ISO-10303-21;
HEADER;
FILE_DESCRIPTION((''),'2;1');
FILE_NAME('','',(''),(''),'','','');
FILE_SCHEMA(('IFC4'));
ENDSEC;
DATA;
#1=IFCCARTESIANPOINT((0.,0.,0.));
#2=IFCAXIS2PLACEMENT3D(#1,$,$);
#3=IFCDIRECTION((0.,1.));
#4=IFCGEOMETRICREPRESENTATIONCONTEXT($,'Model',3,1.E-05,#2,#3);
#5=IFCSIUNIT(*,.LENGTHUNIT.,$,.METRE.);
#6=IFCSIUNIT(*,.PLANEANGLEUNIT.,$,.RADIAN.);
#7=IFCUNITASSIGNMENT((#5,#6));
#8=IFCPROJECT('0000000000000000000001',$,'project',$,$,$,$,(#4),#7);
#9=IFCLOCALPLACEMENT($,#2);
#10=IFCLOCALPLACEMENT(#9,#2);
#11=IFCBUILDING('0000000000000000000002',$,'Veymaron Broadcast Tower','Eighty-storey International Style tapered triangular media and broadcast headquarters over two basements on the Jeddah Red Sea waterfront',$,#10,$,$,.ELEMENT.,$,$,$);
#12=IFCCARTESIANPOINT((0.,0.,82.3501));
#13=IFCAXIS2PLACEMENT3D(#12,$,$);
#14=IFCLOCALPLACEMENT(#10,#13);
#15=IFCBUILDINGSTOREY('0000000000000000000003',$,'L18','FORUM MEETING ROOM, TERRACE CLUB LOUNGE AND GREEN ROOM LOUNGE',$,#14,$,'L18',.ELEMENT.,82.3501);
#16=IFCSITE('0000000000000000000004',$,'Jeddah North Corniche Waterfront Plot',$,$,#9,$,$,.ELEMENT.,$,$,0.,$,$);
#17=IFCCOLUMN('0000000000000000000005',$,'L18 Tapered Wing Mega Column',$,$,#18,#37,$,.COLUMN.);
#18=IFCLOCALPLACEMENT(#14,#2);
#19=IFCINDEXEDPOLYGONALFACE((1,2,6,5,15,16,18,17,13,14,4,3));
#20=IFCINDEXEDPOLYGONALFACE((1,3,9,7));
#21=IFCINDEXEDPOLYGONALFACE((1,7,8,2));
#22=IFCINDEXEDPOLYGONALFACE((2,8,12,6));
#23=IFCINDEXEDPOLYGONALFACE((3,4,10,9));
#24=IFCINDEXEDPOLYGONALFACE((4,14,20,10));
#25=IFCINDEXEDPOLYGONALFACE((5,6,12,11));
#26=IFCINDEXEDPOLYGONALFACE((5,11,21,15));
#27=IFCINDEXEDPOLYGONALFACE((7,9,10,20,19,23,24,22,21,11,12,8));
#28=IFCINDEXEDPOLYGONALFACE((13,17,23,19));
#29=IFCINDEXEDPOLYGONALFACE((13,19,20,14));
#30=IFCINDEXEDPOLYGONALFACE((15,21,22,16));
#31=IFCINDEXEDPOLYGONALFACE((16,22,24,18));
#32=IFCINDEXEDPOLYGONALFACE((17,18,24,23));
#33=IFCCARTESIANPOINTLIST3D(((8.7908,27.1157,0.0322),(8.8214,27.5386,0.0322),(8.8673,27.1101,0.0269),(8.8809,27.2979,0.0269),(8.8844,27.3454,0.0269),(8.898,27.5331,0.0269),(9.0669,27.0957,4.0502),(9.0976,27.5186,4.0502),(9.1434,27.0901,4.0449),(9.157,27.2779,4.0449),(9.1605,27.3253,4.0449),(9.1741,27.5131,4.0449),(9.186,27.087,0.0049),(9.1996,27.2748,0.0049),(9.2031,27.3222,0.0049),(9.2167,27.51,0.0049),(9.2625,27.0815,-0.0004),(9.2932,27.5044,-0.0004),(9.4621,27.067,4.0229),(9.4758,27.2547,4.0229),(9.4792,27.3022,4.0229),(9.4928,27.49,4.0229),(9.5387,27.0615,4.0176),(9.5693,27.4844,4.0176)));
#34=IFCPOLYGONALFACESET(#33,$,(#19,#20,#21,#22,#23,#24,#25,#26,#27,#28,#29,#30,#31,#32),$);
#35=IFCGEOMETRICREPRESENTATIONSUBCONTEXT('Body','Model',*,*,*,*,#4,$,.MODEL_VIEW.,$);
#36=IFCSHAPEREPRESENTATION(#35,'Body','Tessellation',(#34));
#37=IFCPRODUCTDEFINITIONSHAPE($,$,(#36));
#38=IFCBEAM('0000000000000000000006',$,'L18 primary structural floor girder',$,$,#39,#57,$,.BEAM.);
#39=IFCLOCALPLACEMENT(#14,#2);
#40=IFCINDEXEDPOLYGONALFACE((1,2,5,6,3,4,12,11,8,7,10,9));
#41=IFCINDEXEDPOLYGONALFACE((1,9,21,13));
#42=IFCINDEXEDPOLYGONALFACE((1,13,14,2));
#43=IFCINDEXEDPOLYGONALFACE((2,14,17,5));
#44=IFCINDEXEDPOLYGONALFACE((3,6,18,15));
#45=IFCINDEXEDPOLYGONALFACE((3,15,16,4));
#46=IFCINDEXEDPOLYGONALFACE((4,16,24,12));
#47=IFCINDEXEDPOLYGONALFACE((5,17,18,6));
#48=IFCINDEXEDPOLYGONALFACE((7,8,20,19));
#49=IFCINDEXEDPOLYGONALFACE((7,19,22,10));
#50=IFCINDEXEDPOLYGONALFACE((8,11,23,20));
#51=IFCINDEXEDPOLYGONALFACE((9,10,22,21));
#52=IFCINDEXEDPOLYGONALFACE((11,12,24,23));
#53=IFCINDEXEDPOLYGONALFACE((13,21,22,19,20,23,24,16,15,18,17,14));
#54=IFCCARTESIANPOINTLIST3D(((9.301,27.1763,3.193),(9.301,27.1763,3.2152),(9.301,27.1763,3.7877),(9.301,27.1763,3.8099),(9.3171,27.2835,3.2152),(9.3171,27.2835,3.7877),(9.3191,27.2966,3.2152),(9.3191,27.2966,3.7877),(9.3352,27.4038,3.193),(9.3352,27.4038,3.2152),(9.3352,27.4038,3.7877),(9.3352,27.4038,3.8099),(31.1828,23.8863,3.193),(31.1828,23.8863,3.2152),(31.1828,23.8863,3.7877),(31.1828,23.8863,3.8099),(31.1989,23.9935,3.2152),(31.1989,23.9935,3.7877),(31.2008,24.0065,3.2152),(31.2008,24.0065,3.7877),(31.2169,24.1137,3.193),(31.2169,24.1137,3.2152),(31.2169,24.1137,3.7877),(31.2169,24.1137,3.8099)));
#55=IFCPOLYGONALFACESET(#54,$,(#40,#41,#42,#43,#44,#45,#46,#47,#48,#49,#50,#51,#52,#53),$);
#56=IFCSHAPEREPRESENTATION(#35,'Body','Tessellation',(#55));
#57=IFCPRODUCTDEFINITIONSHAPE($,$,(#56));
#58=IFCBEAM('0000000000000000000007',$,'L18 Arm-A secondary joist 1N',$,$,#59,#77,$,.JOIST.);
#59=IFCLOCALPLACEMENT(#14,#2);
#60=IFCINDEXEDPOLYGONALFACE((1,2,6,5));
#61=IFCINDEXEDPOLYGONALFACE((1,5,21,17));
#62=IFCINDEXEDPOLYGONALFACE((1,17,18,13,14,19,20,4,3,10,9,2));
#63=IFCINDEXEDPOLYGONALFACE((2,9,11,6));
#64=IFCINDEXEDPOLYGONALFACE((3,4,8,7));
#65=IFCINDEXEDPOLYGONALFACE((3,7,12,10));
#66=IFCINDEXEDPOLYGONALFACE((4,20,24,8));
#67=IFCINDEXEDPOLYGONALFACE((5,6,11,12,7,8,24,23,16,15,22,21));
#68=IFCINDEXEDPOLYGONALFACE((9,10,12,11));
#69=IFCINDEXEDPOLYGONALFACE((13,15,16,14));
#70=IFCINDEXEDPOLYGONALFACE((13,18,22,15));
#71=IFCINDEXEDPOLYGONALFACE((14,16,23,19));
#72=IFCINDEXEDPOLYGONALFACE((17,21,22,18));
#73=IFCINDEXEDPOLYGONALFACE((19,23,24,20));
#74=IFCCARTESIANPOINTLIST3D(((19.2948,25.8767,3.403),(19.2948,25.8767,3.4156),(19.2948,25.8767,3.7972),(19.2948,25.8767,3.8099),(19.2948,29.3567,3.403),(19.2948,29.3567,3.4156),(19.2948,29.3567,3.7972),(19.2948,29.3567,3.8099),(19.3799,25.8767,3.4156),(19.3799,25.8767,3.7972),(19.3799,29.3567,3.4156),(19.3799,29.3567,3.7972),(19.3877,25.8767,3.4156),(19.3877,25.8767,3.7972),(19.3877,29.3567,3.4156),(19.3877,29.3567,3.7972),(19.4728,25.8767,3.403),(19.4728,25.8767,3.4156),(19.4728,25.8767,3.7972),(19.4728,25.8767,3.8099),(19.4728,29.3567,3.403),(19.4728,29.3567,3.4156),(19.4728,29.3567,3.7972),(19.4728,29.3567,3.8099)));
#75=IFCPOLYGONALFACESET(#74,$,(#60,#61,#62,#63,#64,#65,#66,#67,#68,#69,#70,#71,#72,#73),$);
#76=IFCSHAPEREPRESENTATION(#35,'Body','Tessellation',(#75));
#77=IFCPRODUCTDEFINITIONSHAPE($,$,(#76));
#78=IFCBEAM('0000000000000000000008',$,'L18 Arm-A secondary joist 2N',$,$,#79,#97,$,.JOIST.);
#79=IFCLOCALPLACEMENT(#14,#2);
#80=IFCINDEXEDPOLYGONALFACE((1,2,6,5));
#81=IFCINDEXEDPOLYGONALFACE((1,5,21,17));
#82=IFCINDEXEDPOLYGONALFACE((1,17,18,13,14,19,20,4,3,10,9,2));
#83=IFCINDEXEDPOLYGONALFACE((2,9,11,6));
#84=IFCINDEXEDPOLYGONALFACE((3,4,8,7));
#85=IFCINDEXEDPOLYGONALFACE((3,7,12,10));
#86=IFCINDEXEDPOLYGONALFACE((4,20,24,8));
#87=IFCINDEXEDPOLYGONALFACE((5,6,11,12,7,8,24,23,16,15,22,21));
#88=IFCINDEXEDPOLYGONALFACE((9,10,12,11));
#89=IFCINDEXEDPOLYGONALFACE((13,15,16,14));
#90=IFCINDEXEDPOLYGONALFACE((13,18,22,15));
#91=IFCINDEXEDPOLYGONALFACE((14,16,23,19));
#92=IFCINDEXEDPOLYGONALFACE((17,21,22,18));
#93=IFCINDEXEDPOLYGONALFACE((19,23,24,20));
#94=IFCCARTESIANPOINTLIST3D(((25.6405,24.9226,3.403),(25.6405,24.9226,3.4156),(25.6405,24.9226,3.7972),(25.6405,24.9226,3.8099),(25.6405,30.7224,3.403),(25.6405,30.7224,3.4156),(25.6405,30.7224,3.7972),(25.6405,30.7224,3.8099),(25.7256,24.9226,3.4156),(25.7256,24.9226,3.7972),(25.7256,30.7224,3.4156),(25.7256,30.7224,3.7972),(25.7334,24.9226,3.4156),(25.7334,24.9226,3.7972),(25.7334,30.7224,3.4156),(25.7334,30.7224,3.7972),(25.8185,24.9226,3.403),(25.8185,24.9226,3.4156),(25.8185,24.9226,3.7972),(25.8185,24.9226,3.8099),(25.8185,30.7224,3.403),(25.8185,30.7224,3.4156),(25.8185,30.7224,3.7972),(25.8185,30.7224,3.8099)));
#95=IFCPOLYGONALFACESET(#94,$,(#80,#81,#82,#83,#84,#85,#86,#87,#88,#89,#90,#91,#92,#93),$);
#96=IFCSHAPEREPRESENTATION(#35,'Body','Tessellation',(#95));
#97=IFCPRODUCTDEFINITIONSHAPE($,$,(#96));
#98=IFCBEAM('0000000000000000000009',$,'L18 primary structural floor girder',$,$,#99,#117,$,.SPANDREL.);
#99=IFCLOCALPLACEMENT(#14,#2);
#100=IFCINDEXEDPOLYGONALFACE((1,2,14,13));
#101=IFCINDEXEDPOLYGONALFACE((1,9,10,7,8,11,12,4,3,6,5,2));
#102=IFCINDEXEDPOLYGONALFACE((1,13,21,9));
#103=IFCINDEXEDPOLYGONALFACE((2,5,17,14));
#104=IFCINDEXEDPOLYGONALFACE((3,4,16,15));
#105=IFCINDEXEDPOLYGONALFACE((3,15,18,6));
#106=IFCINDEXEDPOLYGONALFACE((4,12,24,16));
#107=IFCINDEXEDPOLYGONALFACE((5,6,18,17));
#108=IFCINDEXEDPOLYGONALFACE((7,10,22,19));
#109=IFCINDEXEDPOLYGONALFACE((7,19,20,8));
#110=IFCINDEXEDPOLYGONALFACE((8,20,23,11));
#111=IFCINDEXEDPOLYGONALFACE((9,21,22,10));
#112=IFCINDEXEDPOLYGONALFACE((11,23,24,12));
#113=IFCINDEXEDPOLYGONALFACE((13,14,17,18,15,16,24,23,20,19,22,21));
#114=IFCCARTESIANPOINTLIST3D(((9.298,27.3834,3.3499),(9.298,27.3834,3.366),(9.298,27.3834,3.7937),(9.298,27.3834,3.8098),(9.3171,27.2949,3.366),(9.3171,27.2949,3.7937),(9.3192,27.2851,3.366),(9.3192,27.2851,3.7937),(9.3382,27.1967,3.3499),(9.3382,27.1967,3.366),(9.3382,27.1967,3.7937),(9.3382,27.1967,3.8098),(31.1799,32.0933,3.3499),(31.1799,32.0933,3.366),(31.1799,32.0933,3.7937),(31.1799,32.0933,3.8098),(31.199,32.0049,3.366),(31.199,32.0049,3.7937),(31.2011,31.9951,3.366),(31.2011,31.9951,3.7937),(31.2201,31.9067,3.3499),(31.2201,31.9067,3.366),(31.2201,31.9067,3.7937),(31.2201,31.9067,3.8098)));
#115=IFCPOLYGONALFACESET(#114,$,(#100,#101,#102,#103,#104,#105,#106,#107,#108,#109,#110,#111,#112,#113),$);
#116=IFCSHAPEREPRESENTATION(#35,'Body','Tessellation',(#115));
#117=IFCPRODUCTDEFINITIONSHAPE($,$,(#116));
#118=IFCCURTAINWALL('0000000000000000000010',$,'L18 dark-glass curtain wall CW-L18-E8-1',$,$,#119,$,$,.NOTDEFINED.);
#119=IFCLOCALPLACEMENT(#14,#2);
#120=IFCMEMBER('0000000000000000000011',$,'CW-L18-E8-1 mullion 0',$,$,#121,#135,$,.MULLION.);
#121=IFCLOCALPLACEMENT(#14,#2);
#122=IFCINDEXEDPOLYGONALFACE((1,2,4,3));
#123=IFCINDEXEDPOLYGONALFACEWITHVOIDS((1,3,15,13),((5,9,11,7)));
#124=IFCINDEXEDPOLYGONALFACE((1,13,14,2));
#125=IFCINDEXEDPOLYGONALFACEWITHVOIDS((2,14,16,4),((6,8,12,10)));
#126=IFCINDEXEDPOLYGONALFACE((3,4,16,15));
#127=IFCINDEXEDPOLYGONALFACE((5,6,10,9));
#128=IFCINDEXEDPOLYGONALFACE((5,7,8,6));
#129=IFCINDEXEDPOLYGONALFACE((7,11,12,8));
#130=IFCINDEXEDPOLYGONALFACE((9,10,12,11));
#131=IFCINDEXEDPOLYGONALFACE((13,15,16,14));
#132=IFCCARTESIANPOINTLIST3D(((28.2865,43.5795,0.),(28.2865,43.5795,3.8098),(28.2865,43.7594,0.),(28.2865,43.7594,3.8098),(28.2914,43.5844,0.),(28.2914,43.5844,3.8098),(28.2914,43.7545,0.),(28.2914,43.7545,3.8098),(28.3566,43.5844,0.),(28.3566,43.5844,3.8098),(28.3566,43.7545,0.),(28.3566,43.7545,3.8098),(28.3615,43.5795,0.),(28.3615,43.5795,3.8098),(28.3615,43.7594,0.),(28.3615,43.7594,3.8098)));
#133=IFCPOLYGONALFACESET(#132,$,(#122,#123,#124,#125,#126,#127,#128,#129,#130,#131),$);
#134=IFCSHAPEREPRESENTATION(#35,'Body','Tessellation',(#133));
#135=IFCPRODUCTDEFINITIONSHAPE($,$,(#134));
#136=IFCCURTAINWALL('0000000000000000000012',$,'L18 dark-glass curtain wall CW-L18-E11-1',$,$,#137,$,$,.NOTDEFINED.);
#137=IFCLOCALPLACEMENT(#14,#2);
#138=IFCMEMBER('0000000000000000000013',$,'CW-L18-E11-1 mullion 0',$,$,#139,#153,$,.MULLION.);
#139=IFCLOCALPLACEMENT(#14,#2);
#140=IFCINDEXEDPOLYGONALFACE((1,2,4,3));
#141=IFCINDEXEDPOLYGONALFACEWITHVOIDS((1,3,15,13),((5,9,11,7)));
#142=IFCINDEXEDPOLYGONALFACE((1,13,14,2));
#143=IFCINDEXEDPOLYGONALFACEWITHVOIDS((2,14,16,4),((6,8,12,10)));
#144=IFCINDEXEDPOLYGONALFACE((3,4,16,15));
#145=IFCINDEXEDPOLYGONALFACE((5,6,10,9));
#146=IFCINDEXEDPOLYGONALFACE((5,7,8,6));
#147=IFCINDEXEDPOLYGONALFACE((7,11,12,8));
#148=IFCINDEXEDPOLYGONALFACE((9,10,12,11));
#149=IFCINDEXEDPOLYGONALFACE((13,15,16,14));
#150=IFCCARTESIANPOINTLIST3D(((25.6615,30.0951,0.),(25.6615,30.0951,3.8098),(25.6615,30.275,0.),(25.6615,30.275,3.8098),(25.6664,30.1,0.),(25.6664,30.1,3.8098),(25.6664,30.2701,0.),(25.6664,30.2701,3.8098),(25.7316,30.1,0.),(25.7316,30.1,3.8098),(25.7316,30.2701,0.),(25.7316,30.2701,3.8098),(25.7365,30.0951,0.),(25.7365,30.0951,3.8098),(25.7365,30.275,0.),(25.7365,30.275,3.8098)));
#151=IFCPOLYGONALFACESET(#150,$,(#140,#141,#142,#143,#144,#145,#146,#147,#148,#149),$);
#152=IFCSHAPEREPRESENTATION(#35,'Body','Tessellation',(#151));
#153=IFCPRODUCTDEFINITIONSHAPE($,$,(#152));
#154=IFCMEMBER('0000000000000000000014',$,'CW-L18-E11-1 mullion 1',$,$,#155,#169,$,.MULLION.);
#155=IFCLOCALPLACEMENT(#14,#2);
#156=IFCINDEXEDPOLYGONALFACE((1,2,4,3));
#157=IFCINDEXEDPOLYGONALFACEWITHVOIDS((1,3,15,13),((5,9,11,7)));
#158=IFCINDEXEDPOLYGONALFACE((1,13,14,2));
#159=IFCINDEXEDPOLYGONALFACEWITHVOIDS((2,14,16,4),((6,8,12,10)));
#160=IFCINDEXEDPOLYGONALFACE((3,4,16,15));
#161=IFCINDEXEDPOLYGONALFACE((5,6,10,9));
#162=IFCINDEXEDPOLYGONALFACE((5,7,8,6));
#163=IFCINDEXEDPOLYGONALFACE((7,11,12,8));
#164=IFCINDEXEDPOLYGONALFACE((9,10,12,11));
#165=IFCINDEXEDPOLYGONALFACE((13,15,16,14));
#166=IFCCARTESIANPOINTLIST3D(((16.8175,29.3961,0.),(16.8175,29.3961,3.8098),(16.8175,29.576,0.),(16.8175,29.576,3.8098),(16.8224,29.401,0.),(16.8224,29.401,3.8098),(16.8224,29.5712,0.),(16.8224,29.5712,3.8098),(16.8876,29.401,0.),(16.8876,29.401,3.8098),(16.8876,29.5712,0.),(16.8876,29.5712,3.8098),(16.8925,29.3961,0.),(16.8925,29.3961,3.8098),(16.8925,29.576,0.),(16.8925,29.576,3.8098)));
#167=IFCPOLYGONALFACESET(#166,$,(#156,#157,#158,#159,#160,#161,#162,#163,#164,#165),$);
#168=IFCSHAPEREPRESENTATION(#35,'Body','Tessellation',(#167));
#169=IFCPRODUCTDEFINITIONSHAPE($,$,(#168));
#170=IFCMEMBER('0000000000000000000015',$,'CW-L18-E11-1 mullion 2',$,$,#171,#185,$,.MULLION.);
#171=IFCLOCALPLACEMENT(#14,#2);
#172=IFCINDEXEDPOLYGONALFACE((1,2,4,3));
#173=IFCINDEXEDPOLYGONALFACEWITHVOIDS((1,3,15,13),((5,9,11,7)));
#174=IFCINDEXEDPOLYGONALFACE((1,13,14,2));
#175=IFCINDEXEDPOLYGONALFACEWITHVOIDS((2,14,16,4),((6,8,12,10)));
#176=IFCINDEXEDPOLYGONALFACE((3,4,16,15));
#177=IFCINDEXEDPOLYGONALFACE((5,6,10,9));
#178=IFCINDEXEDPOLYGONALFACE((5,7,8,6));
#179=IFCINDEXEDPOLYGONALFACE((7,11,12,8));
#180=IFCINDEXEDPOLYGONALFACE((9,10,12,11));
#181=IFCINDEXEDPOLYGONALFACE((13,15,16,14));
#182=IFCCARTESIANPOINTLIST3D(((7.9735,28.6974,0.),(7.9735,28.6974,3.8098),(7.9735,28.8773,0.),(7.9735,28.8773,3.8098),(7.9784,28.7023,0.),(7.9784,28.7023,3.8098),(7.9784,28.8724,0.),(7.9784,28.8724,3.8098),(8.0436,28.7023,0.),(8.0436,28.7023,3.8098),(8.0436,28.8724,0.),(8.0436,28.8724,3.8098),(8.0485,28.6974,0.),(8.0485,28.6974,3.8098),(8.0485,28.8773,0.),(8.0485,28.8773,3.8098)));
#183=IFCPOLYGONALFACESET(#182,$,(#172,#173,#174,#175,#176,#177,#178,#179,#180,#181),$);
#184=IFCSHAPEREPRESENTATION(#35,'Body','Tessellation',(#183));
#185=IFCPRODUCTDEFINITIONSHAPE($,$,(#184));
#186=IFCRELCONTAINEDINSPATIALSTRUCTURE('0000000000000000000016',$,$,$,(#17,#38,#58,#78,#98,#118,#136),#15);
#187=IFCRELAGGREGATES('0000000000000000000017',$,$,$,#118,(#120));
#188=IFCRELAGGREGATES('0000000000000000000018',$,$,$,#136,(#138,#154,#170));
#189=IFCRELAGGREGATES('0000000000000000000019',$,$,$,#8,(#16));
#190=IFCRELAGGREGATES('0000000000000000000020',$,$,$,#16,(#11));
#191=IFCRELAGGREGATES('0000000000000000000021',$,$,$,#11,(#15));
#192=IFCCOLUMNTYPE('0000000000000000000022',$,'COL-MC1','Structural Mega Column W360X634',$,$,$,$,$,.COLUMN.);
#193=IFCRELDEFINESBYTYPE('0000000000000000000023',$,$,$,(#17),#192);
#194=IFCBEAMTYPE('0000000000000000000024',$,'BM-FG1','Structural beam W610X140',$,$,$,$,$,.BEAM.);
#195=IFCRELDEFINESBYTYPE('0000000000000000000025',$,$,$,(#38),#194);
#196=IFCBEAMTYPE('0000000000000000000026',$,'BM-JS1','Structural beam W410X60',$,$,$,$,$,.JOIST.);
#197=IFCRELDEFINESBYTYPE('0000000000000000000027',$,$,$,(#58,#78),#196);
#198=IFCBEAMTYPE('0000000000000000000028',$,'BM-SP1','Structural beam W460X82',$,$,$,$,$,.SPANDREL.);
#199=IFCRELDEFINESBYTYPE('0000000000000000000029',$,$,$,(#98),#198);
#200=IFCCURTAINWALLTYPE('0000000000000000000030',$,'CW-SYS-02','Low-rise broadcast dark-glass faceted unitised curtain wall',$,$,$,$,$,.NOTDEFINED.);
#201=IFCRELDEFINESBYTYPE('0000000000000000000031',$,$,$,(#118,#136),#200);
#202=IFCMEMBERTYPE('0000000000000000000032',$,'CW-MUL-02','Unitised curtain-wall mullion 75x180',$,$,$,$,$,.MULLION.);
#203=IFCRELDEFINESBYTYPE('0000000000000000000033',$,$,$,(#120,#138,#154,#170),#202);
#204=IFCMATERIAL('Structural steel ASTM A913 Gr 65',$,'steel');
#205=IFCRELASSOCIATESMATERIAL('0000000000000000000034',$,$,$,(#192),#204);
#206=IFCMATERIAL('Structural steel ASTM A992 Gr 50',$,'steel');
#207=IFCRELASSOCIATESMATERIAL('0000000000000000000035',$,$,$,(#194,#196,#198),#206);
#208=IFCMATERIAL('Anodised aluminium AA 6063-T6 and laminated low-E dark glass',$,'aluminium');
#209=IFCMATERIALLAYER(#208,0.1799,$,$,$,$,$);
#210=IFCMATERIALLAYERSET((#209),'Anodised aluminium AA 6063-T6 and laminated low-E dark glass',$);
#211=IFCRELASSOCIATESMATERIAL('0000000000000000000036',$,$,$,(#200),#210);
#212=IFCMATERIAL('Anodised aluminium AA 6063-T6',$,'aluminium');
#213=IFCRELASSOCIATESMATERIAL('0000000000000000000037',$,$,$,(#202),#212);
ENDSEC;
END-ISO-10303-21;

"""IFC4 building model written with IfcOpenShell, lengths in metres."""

from ifc_helpers import new_model, si_unit, direction, frame, origin, origin_2d, place, context, subcontext, project, spatial, hollow_rectangle, i_section, extrude, material, layer, layer_set, material_profile, profile_set, type_object, element, aggregate, save


model = new_model("IFC4")

# Units and contexts
model_context = context("Model", 3, precision=1e-05, world=origin(), true_north=direction((0.0, 1.0)))
body_context = subcontext(model_context, "Body", "Model", "MODEL_VIEW")
ifc_project = project(units=[si_unit("LENGTHUNIT", "METRE"), si_unit("PLANEANGLEUNIT", "RADIAN")], contexts=[model_context])

# Site, building, storey
site_placement = place(None, origin())
site = spatial("IfcSite", under=ifc_project, at=site_placement, Name="Jeddah North Corniche Waterfront Plot", CompositionType="ELEMENT", RefElevation=0.0)
building_placement = place(site_placement, origin())
building = spatial("IfcBuilding", under=site, at=building_placement, Name="Veymaron Broadcast Tower", Description="Eighty-storey International Style tapered triangular media and broadcast headquarters over two basements on the Jeddah Red Sea waterfront", CompositionType="ELEMENT")
storey_placement = place(building_placement, frame((0.0, 0.0, 82.3501)))
storey = spatial("IfcBuildingStorey", under=building, at=storey_placement, Name="L18", Description="FORUM MEETING ROOM, TERRACE CLUB LOUNGE AND GREEN ROOM LOUNGE", LongName="L18", CompositionType="ELEMENT", Elevation=82.3501)

# Column
ifc_material_1 = material(Name="Structural steel ASTM A913 Gr 65", Category="steel")
ifc_material_profile_1 = material_profile(ifc_material_1, i_section(OverallWidth=0.4241, OverallDepth=0.4741, WebThickness=0.0476, FlangeThickness=0.0769, at=origin_2d()), Name="W360X634")
ifc_profile_set_1 = profile_set([ifc_material_profile_1], Name="Structural steel ASTM A913 Gr 65")
column_type = type_object("IfcColumnType", Name="COL-MC1", Description="Structural Mega Column W360X634", PredefinedType="COLUMN", material=ifc_profile_set_1)
column_placement = place(storey_placement, frame((9.042, 27.3101, 0.0159), z_axis=(0.068558, -0.004971, 0.997635), x_axis=(0.072312, 0.997382, 0.0)))
element("IfcColumn", 1, at=column_placement, inside=storey, type_object=column_type, Name="L18 Tapered Wing Mega Column", PredefinedType="COLUMN", context=body_context, shape_type="SweptSolid", body=[
    extrude(i_section(OverallWidth=0.4241, OverallDepth=0.4741, WebThickness=0.0476, FlangeThickness=0.0769, at=origin_2d()), origin(), (0.0, 0.0, 1.0), 4.0276),
])

# Beams
ifc_material_2 = material(Name="Structural steel ASTM A992 Gr 50", Category="steel")
ifc_material_profile_2 = material_profile(ifc_material_2, i_section(OverallWidth=0.23, OverallDepth=0.6169, WebThickness=0.0132, FlangeThickness=0.0222, at=origin_2d()), Name="W610X140")
ifc_profile_set_2 = profile_set([ifc_material_profile_2], Name="Structural steel ASTM A992 Gr 50")
beam_type_1 = type_object("IfcBeamType", Name="BM-FG1", Description="Structural beam W610X140", PredefinedType="BEAM", material=ifc_profile_set_2)
beam_1_placement = place(storey_placement, frame((9.3181, 27.29, 3.5015), z_axis=(0.988885, -0.148684, 0.0), x_axis=(0.148684, 0.988885, 0.0)))
element("IfcBeam", 2, at=beam_1_placement, inside=storey, type_object=beam_type_1, Name="L18 primary structural floor girder", PredefinedType="BEAM", context=body_context, shape_type="SweptSolid", body=[
    extrude(i_section(OverallWidth=0.23, OverallDepth=0.6169, WebThickness=0.0132, FlangeThickness=0.0222, at=origin_2d()), origin(), (0.0, 0.0, 1.0), 22.1277),
])
ifc_material_profile_3 = material_profile(ifc_material_2, i_section(OverallWidth=0.178, OverallDepth=0.407, WebThickness=0.0078, FlangeThickness=0.0127, at=origin_2d()), Name="W410X60")
ifc_profile_set_3 = profile_set([ifc_material_profile_3], Name="Structural steel ASTM A992 Gr 50")
beam_type_2 = type_object("IfcBeamType", Name="BM-JS1", Description="Structural beam W410X60", PredefinedType="JOIST", material=ifc_profile_set_3)
beam_2_placement = place(storey_placement, frame((19.3838, 25.8767, 3.6064), z_axis=(0.0, 1.0, 0.0), x_axis=(-1.0, 0.0, 0.0)))
element("IfcBeam", 3, at=beam_2_placement, inside=storey, type_object=beam_type_2, Name="L18 Arm-A secondary joist 1N", PredefinedType="JOIST", context=body_context, shape_type="SweptSolid", body=[
    extrude(i_section(OverallWidth=0.178, OverallDepth=0.407, WebThickness=0.0078, FlangeThickness=0.0127, at=origin_2d()), origin(), (0.0, 0.0, 1.0), 3.48),
])
beam_3_placement = place(storey_placement, frame((25.7295, 24.9226, 3.6064), z_axis=(0.0, 1.0, 0.0), x_axis=(-1.0, 0.0, 0.0)))
element("IfcBeam", 4, at=beam_3_placement, inside=storey, type_object=beam_type_2, Name="L18 Arm-A secondary joist 2N", PredefinedType="JOIST", context=body_context, shape_type="SweptSolid", body=[
    extrude(i_section(OverallWidth=0.178, OverallDepth=0.407, WebThickness=0.0078, FlangeThickness=0.0127, at=origin_2d()), origin(), (0.0, 0.0, 1.0), 5.7998),
])
ifc_material_profile_4 = material_profile(ifc_material_2, i_section(OverallWidth=0.1909, OverallDepth=0.46, WebThickness=0.01, FlangeThickness=0.0161, at=origin_2d()), Name="W460X82")
ifc_profile_set_4 = profile_set([ifc_material_profile_4], Name="Structural steel ASTM A992 Gr 50")
beam_type_3 = type_object("IfcBeamType", Name="BM-SP1", Description="Structural beam W460X82", PredefinedType="SPANDREL", material=ifc_profile_set_4)
beam_4_placement = place(storey_placement, frame((9.3181, 27.29, 3.5798), z_axis=(0.97761, 0.210426, 0.0), x_axis=(-0.210426, 0.97761, 0.0)))
element("IfcBeam", 5, at=beam_4_placement, inside=storey, type_object=beam_type_3, Name="L18 primary structural floor girder", PredefinedType="SPANDREL", context=body_context, shape_type="SweptSolid", body=[
    extrude(i_section(OverallWidth=0.1909, OverallDepth=0.46, WebThickness=0.01, FlangeThickness=0.0161, at=origin_2d()), origin(), (0.0, 0.0, 1.0), 22.3831),
])

# Curtain wall, member
ifc_material_3 = material(Name="Anodised aluminium AA 6063-T6 and laminated low-E dark glass", Category="aluminium")
ifc_layer_1 = layer(ifc_material_3, 0.1799)
ifc_layer_set_1 = layer_set([ifc_layer_1], Name="Anodised aluminium AA 6063-T6 and laminated low-E dark glass")
curtain_wall_type = type_object("IfcCurtainWallType", Name="CW-SYS-02", Description="Low-rise broadcast dark-glass faceted unitised curtain wall", PredefinedType="NOTDEFINED", material=ifc_layer_set_1)
curtain_wall_1_placement = place(storey_placement, origin())
curtain_wall_1 = element("IfcCurtainWall", 6, at=curtain_wall_1_placement, inside=storey, type_object=curtain_wall_type, Name="L18 dark-glass curtain wall CW-L18-E8-1", PredefinedType="NOTDEFINED")
ifc_material_4 = material(Name="Anodised aluminium AA 6063-T6", Category="aluminium")
ifc_material_profile_5 = material_profile(ifc_material_4, hollow_rectangle(XDim=0.075, YDim=0.1799, WallThickness=0.0049, at=origin_2d()), Name="AL180X75X5")
ifc_profile_set_5 = profile_set([ifc_material_profile_5], Name="Anodised aluminium AA 6063-T6")
member_type_1 = type_object("IfcMemberType", Name="CW-MUL-02", Description="Unitised curtain-wall mullion 75x180", PredefinedType="MULLION", material=ifc_profile_set_5)
member_1_placement = place(storey_placement, frame((28.324, 43.6694, 0.0), z_axis=(0.0, 0.0, 1.0), x_axis=(1.0, 0.0, 0.0)))
member_1 = element("IfcMember", 7, at=member_1_placement, type_object=member_type_1, Name="CW-L18-E8-1 mullion 0", PredefinedType="MULLION", context=body_context, shape_type="SweptSolid", body=[
    extrude(hollow_rectangle(XDim=0.075, YDim=0.1799, WallThickness=0.0049, at=origin_2d()), origin(), (0.0, 0.0, 1.0), 3.8098),
])

# Curtain wall, members
curtain_wall_2_placement = place(storey_placement, origin())
curtain_wall_2 = element("IfcCurtainWall", 8, at=curtain_wall_2_placement, inside=storey, type_object=curtain_wall_type, Name="L18 dark-glass curtain wall CW-L18-E11-1", PredefinedType="NOTDEFINED")
member_2_placement = place(storey_placement, frame((25.699, 30.1851, 0.0), z_axis=(0.0, 0.0, 1.0), x_axis=(1.0, 0.0, 0.0)))
member_2 = element("IfcMember", 9, at=member_2_placement, type_object=member_type_1, Name="CW-L18-E11-1 mullion 0", PredefinedType="MULLION", context=body_context, shape_type="SweptSolid", body=[
    extrude(hollow_rectangle(XDim=0.075, YDim=0.1799, WallThickness=0.0049, at=origin_2d()), origin(), (0.0, 0.0, 1.0), 3.8098),
])
member_3_placement = place(storey_placement, frame((16.855, 29.4861, 0.0), z_axis=(0.0, 0.0, 1.0), x_axis=(1.0, 0.0, 0.0)))
member_3 = element("IfcMember", 10, at=member_3_placement, type_object=member_type_1, Name="CW-L18-E11-1 mullion 1", PredefinedType="MULLION", context=body_context, shape_type="SweptSolid", body=[
    extrude(hollow_rectangle(XDim=0.075, YDim=0.1799, WallThickness=0.0049, at=origin_2d()), origin(), (0.0, 0.0, 1.0), 3.8098),
])
member_4_placement = place(storey_placement, frame((8.011, 28.7874, 0.0), z_axis=(0.0, 0.0, 1.0), x_axis=(1.0, 0.0, 0.0)))
member_4 = element("IfcMember", 11, at=member_4_placement, type_object=member_type_1, Name="CW-L18-E11-1 mullion 2", PredefinedType="MULLION", context=body_context, shape_type="SweptSolid", body=[
    extrude(hollow_rectangle(XDim=0.075, YDim=0.1799, WallThickness=0.0049, at=origin_2d()), origin(), (0.0, 0.0, 1.0), 3.8098),
])

aggregate(curtain_wall_1, [member_1])
aggregate(curtain_wall_2, [member_2, member_3, member_4])

save(model, "model.ifc")
